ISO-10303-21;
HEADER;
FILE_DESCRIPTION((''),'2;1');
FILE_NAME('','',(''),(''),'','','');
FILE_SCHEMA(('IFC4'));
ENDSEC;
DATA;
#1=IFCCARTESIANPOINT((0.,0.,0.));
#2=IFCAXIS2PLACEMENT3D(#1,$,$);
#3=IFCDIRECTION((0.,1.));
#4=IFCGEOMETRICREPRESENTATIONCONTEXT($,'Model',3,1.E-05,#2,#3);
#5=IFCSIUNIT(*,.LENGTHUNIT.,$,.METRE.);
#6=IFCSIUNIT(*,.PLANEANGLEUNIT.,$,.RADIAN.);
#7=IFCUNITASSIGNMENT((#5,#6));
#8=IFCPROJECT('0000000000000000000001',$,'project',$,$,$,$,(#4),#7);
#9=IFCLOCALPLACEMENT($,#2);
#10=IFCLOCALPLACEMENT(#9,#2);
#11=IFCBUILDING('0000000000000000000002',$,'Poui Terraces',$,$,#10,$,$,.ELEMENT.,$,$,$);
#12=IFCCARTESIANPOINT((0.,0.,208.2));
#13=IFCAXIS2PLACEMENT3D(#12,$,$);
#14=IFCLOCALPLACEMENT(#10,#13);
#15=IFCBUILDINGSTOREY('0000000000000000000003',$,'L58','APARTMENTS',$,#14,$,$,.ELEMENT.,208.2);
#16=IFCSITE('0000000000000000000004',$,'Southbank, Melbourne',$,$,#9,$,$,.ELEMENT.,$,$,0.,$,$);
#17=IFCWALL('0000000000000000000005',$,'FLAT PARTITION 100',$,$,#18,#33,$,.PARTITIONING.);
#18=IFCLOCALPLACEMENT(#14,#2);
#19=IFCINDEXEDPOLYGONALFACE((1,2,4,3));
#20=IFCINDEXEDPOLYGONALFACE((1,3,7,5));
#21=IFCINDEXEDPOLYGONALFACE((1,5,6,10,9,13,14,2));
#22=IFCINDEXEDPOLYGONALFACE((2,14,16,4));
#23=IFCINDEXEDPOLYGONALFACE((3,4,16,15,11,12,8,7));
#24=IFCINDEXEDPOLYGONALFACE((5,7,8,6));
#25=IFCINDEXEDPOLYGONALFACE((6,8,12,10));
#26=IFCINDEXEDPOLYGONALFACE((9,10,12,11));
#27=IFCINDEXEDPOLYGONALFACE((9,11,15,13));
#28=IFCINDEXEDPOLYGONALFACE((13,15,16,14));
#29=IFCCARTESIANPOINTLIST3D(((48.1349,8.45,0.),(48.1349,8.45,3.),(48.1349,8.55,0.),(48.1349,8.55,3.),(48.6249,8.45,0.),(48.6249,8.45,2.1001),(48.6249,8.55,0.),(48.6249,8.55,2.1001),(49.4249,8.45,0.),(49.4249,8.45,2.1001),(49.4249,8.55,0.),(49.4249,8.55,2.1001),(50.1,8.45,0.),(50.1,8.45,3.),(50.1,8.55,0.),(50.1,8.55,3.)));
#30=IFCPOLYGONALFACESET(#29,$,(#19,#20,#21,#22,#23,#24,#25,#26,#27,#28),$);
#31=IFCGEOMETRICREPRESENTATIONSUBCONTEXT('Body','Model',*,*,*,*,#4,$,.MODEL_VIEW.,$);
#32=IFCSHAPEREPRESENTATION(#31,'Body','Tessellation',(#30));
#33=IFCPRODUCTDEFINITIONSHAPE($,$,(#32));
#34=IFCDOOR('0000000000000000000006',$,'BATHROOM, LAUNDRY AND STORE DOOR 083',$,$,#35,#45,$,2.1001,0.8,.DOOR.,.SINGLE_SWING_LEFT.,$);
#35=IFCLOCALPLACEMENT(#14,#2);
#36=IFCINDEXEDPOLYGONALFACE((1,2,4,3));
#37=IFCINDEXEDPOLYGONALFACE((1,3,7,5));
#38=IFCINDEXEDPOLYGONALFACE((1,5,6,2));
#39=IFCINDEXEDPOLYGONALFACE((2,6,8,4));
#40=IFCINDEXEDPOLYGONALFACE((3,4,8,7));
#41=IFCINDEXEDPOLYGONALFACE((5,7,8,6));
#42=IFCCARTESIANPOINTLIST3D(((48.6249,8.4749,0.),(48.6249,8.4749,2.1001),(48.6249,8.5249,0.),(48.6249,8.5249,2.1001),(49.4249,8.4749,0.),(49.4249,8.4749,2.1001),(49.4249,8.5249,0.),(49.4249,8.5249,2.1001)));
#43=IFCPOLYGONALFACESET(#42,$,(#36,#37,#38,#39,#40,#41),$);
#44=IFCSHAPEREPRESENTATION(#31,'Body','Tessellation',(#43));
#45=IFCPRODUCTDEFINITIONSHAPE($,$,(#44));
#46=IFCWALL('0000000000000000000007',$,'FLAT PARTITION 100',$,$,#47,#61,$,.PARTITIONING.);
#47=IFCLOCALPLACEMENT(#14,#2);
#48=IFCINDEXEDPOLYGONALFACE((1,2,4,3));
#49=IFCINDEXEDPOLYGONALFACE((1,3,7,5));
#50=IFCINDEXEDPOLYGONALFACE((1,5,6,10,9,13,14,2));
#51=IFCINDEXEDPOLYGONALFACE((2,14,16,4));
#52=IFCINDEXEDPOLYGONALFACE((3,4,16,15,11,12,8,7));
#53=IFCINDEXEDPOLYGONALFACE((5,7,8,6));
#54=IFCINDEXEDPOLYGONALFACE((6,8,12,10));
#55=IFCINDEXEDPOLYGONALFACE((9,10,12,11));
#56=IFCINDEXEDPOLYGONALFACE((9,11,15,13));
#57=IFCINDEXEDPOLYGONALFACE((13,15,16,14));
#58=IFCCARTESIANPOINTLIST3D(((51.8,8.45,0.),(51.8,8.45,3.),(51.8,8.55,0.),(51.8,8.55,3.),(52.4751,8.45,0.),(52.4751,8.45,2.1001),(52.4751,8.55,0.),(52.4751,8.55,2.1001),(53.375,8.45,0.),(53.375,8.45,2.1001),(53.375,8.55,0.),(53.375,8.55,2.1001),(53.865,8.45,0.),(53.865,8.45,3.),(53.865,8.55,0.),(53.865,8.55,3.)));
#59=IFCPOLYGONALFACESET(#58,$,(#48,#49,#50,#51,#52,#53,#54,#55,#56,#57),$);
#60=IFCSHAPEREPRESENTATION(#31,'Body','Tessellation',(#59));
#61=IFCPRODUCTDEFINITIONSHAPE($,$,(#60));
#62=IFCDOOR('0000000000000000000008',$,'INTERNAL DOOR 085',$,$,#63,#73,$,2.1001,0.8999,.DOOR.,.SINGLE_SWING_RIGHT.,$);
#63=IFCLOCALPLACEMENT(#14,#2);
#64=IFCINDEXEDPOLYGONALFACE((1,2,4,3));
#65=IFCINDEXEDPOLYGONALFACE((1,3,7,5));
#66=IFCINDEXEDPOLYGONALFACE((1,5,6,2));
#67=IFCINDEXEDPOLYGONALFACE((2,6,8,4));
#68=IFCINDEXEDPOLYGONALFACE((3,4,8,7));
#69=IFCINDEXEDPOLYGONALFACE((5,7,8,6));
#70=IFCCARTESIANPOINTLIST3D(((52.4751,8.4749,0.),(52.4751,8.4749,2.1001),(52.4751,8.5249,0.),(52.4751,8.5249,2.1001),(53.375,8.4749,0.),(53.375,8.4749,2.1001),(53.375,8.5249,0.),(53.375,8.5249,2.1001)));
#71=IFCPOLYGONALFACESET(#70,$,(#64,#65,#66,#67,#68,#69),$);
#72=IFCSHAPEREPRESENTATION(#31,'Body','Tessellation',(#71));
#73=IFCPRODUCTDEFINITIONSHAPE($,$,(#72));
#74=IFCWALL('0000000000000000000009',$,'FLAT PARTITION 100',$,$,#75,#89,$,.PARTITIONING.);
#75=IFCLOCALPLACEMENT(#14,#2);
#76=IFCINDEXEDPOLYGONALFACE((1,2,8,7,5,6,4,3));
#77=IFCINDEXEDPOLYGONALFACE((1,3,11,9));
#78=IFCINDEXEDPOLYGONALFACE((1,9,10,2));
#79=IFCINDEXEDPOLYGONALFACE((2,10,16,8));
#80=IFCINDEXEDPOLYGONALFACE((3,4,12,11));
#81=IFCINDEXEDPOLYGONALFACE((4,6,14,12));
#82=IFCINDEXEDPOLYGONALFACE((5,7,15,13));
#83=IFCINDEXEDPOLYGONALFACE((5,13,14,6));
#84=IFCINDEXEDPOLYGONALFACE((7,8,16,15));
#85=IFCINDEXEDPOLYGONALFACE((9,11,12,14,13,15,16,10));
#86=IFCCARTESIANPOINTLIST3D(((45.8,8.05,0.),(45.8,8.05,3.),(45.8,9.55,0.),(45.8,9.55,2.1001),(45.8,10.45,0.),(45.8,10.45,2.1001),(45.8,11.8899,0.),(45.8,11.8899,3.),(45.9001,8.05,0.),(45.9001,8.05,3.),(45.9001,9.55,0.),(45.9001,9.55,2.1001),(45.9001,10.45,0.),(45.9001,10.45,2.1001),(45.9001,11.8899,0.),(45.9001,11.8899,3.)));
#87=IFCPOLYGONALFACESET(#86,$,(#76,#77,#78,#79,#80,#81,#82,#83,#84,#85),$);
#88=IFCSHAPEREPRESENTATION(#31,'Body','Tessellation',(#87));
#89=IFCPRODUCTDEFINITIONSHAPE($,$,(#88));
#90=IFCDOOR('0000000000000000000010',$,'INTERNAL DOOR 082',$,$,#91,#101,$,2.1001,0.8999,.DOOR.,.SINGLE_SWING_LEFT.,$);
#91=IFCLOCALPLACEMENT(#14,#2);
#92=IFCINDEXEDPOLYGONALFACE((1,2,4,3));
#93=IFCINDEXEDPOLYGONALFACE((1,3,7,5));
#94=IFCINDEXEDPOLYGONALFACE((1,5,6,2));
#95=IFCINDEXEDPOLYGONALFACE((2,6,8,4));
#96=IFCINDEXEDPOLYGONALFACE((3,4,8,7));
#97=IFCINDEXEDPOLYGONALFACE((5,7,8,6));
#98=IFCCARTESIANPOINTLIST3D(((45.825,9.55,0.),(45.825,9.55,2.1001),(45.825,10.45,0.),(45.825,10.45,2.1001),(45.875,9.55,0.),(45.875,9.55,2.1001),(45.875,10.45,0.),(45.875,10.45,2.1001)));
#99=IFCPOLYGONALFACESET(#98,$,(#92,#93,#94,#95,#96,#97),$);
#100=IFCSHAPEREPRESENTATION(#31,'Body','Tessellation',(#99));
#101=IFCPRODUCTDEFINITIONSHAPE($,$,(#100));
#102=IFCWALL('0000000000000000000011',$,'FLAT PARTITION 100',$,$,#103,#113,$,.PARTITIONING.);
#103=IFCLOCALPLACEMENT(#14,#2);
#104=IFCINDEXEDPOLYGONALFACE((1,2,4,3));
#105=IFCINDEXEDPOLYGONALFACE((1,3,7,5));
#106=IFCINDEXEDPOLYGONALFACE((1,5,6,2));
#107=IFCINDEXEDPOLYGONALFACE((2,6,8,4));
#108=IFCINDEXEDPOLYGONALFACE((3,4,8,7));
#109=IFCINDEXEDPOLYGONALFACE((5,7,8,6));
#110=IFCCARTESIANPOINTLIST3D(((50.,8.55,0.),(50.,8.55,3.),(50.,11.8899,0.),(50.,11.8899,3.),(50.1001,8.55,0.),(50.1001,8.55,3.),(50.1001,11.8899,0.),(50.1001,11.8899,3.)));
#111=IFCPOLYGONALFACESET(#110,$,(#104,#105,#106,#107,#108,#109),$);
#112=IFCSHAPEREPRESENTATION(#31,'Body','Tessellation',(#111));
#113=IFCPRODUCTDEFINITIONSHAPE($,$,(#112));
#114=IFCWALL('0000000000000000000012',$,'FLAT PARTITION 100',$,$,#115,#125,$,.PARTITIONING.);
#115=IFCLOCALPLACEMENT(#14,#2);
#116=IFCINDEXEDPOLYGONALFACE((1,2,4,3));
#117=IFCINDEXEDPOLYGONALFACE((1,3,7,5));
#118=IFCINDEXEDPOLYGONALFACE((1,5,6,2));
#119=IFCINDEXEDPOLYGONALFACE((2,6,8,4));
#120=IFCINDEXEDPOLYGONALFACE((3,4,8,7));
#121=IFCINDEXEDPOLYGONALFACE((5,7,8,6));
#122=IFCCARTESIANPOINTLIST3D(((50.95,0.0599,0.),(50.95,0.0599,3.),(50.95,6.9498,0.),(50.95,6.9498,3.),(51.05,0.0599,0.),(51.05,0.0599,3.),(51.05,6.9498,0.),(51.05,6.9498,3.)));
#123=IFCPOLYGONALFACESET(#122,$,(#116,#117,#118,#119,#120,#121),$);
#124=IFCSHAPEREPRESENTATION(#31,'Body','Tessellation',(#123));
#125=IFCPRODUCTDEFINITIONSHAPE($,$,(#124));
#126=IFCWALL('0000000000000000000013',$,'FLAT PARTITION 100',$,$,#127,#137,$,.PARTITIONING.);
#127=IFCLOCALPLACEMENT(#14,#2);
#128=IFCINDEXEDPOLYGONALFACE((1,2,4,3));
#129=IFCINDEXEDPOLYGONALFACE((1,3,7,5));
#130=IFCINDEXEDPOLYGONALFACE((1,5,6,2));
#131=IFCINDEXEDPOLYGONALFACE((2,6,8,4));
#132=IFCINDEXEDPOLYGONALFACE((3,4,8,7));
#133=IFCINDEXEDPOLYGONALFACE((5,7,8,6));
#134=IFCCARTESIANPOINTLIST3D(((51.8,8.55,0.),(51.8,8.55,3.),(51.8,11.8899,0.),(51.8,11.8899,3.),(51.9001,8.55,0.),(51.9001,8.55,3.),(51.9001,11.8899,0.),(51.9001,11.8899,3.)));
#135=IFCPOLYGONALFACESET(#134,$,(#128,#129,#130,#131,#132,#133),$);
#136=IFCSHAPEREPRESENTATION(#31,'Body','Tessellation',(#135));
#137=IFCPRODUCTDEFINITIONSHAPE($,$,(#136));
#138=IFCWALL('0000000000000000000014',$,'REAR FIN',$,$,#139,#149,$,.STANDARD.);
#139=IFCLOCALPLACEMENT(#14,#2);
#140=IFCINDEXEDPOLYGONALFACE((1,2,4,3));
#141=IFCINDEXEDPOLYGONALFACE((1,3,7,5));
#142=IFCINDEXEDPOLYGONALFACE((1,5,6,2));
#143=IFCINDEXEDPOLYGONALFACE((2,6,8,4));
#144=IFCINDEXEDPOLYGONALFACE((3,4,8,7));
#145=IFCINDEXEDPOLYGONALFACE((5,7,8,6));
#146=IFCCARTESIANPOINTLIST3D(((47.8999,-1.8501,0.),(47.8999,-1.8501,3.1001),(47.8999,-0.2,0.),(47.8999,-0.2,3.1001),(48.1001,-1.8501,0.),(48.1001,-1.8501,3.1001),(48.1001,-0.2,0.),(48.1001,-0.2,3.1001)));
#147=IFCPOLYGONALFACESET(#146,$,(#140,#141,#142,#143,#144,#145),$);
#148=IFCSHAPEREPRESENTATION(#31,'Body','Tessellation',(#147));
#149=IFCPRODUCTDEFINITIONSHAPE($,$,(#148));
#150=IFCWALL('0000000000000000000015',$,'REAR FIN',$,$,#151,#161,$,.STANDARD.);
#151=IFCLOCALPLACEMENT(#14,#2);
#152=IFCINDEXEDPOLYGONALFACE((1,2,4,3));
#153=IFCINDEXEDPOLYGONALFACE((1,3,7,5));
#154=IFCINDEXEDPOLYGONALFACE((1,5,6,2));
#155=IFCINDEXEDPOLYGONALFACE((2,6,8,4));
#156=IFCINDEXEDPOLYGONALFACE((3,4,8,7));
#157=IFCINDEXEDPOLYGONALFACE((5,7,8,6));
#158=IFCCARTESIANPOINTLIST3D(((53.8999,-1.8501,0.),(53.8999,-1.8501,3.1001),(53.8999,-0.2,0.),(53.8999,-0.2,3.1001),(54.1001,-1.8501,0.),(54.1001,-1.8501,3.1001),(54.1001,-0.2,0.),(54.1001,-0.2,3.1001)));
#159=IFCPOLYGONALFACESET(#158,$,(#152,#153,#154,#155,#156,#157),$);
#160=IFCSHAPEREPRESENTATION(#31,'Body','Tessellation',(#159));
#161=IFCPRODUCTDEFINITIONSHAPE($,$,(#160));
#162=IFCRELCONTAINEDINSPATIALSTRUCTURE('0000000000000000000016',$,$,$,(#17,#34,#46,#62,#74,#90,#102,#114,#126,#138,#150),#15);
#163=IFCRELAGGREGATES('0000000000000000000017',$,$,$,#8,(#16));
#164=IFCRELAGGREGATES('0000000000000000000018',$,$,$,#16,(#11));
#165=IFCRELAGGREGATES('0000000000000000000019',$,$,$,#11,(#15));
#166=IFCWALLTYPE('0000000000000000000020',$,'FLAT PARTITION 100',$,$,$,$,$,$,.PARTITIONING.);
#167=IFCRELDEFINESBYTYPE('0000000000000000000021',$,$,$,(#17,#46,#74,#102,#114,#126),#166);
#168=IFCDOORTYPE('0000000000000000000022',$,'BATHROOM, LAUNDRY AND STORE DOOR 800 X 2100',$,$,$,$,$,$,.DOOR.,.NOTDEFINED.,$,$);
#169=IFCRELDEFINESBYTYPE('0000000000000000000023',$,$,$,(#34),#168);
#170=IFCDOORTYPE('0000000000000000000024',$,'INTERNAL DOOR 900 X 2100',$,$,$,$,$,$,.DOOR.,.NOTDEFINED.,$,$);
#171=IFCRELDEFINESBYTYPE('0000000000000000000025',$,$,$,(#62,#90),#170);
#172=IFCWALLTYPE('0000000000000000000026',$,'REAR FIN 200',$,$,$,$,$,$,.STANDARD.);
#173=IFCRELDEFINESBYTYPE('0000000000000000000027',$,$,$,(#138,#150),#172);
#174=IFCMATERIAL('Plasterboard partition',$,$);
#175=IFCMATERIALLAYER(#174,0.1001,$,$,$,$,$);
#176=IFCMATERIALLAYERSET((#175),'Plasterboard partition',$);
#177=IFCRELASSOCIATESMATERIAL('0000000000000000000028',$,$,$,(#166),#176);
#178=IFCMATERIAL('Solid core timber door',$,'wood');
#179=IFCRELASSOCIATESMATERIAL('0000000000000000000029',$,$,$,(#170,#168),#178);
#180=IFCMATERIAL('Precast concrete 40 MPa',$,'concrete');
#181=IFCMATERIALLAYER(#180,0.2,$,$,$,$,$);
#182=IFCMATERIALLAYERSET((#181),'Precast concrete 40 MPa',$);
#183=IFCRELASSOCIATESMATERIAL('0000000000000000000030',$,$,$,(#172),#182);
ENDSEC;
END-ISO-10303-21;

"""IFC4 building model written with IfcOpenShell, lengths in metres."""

from ifc_helpers import new_model, si_unit, direction, frame, frame_2d, origin, place, context, subcontext, project, spatial, polyline, rectangle, outline, extrude, source, transform, mapped, material, layer, layer_set, type_object, element, fill, save


model = new_model("IFC4")

# Units and contexts
model_context = context("Model", 3, precision=1e-05, world=origin(), true_north=direction((0.0, 1.0)))
body_context = subcontext(model_context, "Body", "Model", "MODEL_VIEW")
ifc_project = project(units=[si_unit("LENGTHUNIT", "METRE"), si_unit("PLANEANGLEUNIT", "RADIAN")], contexts=[model_context])

# Site, building, storey
site_placement = place(None, origin())
site = spatial("IfcSite", under=ifc_project, at=site_placement, Name="Southbank, Melbourne", CompositionType="ELEMENT", RefElevation=0.0)
building_placement = place(site_placement, origin())
building = spatial("IfcBuilding", under=site, at=building_placement, Name="Poui Terraces", CompositionType="ELEMENT")
storey_placement = place(building_placement, frame((0.0, 0.0, 208.2)))
storey = spatial("IfcBuildingStorey", under=building, at=storey_placement, Name="L58", Description="APARTMENTS", CompositionType="ELEMENT", Elevation=208.2)

# Shared definitions
ifc_material_1 = material(Name="Precast concrete 40 MPa", Category="concrete")

# Shared definitions
ifc_material_2 = material(Name="Plasterboard partition")
ifc_layer_1 = layer(ifc_material_2, 0.1001)
ifc_layer_set_1 = layer_set([ifc_layer_1], Name="Plasterboard partition")
wall_type_1 = type_object("IfcWallType", Name="FLAT PARTITION 100", PredefinedType="PARTITIONING", material=ifc_layer_set_1)
ifc_material_3 = material(Name="Solid core timber door", Category="wood")
door_type_1 = type_object("IfcDoorType", Name="INTERNAL DOOR 900 X 2100", OperationType="NOTDEFINED", PredefinedType="DOOR", material=ifc_material_3)

# Walls, openings, doors
wall_1_placement = place(storey_placement, frame((48.135, 8.5, 0.0), z_axis=(0.0, 0.0, 1.0), x_axis=(1.0, 0.0, 0.0)))
wall_1 = element("IfcWall", 1, at=wall_1_placement, inside=storey, type_object=wall_type_1, Name="FLAT PARTITION 100", PredefinedType="PARTITIONING", context=body_context, shape_type="SweptSolid", body=[
    extrude(rectangle(XDim=1.9651, YDim=0.1001, at=frame_2d((0.9824, 0.0))), origin(), (0.0, 0.0, 1.0), 3.0),
])
opening_1_placement = place(wall_1_placement, frame((0.49, 0.0, 0.0)))
opening_1 = element("IfcOpeningElement", 2, at=opening_1_placement, cuts=wall_1, PredefinedType="OPENING", context=body_context, shape_type="SweptSolid", body=[
    extrude(rectangle(XDim=0.8, YDim=2.1001, at=frame_2d((0.3999, 1.05))), frame((0.0, 0.0601, 0.0), z_axis=(0.0, -1.0, 0.0), x_axis=(1.0, 0.0, 0.0)), (0.0, 0.0, 1.0), 0.1201),
])
door_type_2 = type_object("IfcDoorType", Name="BATHROOM, LAUNDRY AND STORE DOOR 800 X 2100", OperationType="NOTDEFINED", PredefinedType="DOOR", material=ifc_material_3)
door_1_placement = place(opening_1_placement, origin())
door_1 = element("IfcDoor", 3, at=door_1_placement, inside=storey, type_object=door_type_2, Name="BATHROOM, LAUNDRY AND STORE DOOR 083", OperationType="SINGLE_SWING_LEFT", OverallHeight=2.1001, OverallWidth=0.8, PredefinedType="DOOR", context=body_context, shape_type="SweptSolid", body=[
    extrude(rectangle(XDim=0.8, YDim=2.1001, at=frame_2d((0.3999, 1.05))), frame((0.0, 0.0249, 0.0), z_axis=(0.0, -1.0, 0.0), x_axis=(1.0, 0.0, 0.0)), (0.0, 0.0, 1.0), 0.05),
])
fill(opening_1, door_1)
wall_2_placement = place(storey_placement, frame((51.8, 8.5, 0.0), z_axis=(0.0, 0.0, 1.0), x_axis=(1.0, 0.0, 0.0)))
wall_2 = element("IfcWall", 4, at=wall_2_placement, inside=storey, type_object=wall_type_1, Name="FLAT PARTITION 100", PredefinedType="PARTITIONING", context=body_context, shape_type="SweptSolid", body=[
    extrude(rectangle(XDim=2.0649, YDim=0.1001, at=frame_2d((1.0325, 0.0))), origin(), (0.0, 0.0, 1.0), 3.0),
])
opening_2_placement = place(wall_2_placement, frame((0.675, 0.0, 0.0)))
opening_2 = element("IfcOpeningElement", 5, at=opening_2_placement, cuts=wall_2, PredefinedType="OPENING", context=body_context, shape_type="SweptSolid", body=[
    extrude(rectangle(XDim=0.8999, YDim=2.1001, at=frame_2d((0.45, 1.05))), frame((0.0, 0.0601, 0.0), z_axis=(0.0, -1.0, 0.0), x_axis=(1.0, 0.0, 0.0)), (0.0, 0.0, 1.0), 0.1201),
])
door_2_placement = place(opening_2_placement, origin())
door_2 = element("IfcDoor", 6, at=door_2_placement, inside=storey, type_object=door_type_1, Name="INTERNAL DOOR 085", OperationType="SINGLE_SWING_RIGHT", OverallHeight=2.1001, OverallWidth=0.8999, PredefinedType="DOOR", context=body_context, shape_type="SweptSolid", body=[
    extrude(rectangle(XDim=0.8999, YDim=2.1001, at=frame_2d((0.45, 1.05))), frame((0.0, 0.0249, 0.0), z_axis=(0.0, -1.0, 0.0), x_axis=(1.0, 0.0, 0.0)), (0.0, 0.0, 1.0), 0.05),
])
fill(opening_2, door_2)
wall_3_placement = place(storey_placement, frame((45.8501, 8.05, 0.0), z_axis=(0.0, 0.0, 1.0), x_axis=(0.0, 1.0, 0.0)))
wall_3 = element("IfcWall", 7, at=wall_3_placement, inside=storey, type_object=wall_type_1, Name="FLAT PARTITION 100", PredefinedType="PARTITIONING", context=body_context, shape_type="SweptSolid", body=[
    extrude(rectangle(XDim=3.8398, YDim=0.1001, at=frame_2d((1.9199, 0.0))), origin(), (0.0, 0.0, 1.0), 3.0),
])
opening_3_placement = place(wall_3_placement, frame((1.5, 0.0, 0.0)))
opening_3 = element("IfcOpeningElement", 8, at=opening_3_placement, cuts=wall_3, PredefinedType="OPENING", context=body_context, shape_type="SweptSolid", body=[
    extrude(rectangle(XDim=0.8999, YDim=2.1001, at=frame_2d((0.45, 1.05))), frame((0.0, 0.0601, 0.0), z_axis=(0.0, -1.0, 0.0), x_axis=(1.0, 0.0, 0.0)), (0.0, 0.0, 1.0), 0.1201),
])
door_3_placement = place(opening_3_placement, frame((0.8999, 0.0, 0.0), z_axis=(0.0, 0.0, 1.0), x_axis=(-1.0, 0.0, 0.0)))
door_3 = element("IfcDoor", 9, at=door_3_placement, inside=storey, type_object=door_type_1, Name="INTERNAL DOOR 082", OperationType="SINGLE_SWING_LEFT", OverallHeight=2.1001, OverallWidth=0.8999, PredefinedType="DOOR", context=body_context, shape_type="SweptSolid", body=[
    extrude(rectangle(XDim=0.8999, YDim=2.1001, at=frame_2d((0.45, 1.05))), frame((0.0, 0.0249, 0.0), z_axis=(0.0, -1.0, 0.0), x_axis=(1.0, 0.0, 0.0)), (0.0, 0.0, 1.0), 0.05),
])
fill(opening_3, door_3)

# Walls
wall_4_placement = place(storey_placement, frame((50.05, 8.55, 0.0), z_axis=(0.0, 0.0, 1.0), x_axis=(0.0, 1.0, 0.0)))
element("IfcWall", 10, at=wall_4_placement, inside=storey, type_object=wall_type_1, Name="FLAT PARTITION 100", PredefinedType="PARTITIONING", context=body_context, shape_type="SweptSolid", body=[
    extrude(rectangle(XDim=3.3398, YDim=0.1001, at=frame_2d((1.6699, 0.0))), origin(), (0.0, 0.0, 1.0), 3.0),
])
wall_5_placement = place(storey_placement, frame((51.0, 0.0601, 0.0), z_axis=(0.0, 0.0, 1.0), x_axis=(0.0, 1.0, 0.0)))
element("IfcWall", 11, at=wall_5_placement, inside=storey, type_object=wall_type_1, Name="FLAT PARTITION 100", PredefinedType="PARTITIONING", context=body_context, shape_type="SweptSolid", body=[
    extrude(rectangle(XDim=6.8899, YDim=0.1001, at=frame_2d((3.4448, 0.0))), origin(), (0.0, 0.0, 1.0), 3.0),
])
wall_6_placement = place(storey_placement, frame((51.8501, 8.55, 0.0), z_axis=(0.0, 0.0, 1.0), x_axis=(0.0, 1.0, 0.0)))
element("IfcWall", 12, at=wall_6_placement, inside=storey, type_object=wall_type_1, Name="FLAT PARTITION 100", PredefinedType="PARTITIONING", context=body_context, shape_type="SweptSolid", body=[
    extrude(rectangle(XDim=3.3398, YDim=0.1001, at=frame_2d((1.6699, 0.0))), origin(), (0.0, 0.0, 1.0), 3.0),
])
ifc_layer_2 = layer(ifc_material_1, 0.2)
ifc_layer_set_2 = layer_set([ifc_layer_2], Name="Precast concrete 40 MPa")
wall_type_2 = type_object("IfcWallType", Name="REAR FIN 200", PredefinedType="STANDARD", material=ifc_layer_set_2)
shared_shape_1 = source(origin(), body_context, "Body", "SweptSolid", [
    extrude(outline(polyline([(0.0, 0.0), (0.2002, 0.0), (0.2002, 1.6501), (0.0, 1.6501), (0.0, 0.0)])), origin(), (0.0, 0.0, 1.0), 3.1001),
])
for number, where, name in (
    (13, (47.8999, -1.8501, 0.0), "REAR FIN"),
    (14, (53.8999, -1.8501, 0.0), "REAR FIN"),
):
    element("IfcWall", number, at=place(storey_placement, frame(where)), inside=storey, type_object=wall_type_2, Name=name, PredefinedType="STANDARD", context=body_context, shape_type="MappedRepresentation", body=[
        mapped(shared_shape_1, transform((0.0, 0.0, 0.0))),
    ])

save(model, "model.ifc")
